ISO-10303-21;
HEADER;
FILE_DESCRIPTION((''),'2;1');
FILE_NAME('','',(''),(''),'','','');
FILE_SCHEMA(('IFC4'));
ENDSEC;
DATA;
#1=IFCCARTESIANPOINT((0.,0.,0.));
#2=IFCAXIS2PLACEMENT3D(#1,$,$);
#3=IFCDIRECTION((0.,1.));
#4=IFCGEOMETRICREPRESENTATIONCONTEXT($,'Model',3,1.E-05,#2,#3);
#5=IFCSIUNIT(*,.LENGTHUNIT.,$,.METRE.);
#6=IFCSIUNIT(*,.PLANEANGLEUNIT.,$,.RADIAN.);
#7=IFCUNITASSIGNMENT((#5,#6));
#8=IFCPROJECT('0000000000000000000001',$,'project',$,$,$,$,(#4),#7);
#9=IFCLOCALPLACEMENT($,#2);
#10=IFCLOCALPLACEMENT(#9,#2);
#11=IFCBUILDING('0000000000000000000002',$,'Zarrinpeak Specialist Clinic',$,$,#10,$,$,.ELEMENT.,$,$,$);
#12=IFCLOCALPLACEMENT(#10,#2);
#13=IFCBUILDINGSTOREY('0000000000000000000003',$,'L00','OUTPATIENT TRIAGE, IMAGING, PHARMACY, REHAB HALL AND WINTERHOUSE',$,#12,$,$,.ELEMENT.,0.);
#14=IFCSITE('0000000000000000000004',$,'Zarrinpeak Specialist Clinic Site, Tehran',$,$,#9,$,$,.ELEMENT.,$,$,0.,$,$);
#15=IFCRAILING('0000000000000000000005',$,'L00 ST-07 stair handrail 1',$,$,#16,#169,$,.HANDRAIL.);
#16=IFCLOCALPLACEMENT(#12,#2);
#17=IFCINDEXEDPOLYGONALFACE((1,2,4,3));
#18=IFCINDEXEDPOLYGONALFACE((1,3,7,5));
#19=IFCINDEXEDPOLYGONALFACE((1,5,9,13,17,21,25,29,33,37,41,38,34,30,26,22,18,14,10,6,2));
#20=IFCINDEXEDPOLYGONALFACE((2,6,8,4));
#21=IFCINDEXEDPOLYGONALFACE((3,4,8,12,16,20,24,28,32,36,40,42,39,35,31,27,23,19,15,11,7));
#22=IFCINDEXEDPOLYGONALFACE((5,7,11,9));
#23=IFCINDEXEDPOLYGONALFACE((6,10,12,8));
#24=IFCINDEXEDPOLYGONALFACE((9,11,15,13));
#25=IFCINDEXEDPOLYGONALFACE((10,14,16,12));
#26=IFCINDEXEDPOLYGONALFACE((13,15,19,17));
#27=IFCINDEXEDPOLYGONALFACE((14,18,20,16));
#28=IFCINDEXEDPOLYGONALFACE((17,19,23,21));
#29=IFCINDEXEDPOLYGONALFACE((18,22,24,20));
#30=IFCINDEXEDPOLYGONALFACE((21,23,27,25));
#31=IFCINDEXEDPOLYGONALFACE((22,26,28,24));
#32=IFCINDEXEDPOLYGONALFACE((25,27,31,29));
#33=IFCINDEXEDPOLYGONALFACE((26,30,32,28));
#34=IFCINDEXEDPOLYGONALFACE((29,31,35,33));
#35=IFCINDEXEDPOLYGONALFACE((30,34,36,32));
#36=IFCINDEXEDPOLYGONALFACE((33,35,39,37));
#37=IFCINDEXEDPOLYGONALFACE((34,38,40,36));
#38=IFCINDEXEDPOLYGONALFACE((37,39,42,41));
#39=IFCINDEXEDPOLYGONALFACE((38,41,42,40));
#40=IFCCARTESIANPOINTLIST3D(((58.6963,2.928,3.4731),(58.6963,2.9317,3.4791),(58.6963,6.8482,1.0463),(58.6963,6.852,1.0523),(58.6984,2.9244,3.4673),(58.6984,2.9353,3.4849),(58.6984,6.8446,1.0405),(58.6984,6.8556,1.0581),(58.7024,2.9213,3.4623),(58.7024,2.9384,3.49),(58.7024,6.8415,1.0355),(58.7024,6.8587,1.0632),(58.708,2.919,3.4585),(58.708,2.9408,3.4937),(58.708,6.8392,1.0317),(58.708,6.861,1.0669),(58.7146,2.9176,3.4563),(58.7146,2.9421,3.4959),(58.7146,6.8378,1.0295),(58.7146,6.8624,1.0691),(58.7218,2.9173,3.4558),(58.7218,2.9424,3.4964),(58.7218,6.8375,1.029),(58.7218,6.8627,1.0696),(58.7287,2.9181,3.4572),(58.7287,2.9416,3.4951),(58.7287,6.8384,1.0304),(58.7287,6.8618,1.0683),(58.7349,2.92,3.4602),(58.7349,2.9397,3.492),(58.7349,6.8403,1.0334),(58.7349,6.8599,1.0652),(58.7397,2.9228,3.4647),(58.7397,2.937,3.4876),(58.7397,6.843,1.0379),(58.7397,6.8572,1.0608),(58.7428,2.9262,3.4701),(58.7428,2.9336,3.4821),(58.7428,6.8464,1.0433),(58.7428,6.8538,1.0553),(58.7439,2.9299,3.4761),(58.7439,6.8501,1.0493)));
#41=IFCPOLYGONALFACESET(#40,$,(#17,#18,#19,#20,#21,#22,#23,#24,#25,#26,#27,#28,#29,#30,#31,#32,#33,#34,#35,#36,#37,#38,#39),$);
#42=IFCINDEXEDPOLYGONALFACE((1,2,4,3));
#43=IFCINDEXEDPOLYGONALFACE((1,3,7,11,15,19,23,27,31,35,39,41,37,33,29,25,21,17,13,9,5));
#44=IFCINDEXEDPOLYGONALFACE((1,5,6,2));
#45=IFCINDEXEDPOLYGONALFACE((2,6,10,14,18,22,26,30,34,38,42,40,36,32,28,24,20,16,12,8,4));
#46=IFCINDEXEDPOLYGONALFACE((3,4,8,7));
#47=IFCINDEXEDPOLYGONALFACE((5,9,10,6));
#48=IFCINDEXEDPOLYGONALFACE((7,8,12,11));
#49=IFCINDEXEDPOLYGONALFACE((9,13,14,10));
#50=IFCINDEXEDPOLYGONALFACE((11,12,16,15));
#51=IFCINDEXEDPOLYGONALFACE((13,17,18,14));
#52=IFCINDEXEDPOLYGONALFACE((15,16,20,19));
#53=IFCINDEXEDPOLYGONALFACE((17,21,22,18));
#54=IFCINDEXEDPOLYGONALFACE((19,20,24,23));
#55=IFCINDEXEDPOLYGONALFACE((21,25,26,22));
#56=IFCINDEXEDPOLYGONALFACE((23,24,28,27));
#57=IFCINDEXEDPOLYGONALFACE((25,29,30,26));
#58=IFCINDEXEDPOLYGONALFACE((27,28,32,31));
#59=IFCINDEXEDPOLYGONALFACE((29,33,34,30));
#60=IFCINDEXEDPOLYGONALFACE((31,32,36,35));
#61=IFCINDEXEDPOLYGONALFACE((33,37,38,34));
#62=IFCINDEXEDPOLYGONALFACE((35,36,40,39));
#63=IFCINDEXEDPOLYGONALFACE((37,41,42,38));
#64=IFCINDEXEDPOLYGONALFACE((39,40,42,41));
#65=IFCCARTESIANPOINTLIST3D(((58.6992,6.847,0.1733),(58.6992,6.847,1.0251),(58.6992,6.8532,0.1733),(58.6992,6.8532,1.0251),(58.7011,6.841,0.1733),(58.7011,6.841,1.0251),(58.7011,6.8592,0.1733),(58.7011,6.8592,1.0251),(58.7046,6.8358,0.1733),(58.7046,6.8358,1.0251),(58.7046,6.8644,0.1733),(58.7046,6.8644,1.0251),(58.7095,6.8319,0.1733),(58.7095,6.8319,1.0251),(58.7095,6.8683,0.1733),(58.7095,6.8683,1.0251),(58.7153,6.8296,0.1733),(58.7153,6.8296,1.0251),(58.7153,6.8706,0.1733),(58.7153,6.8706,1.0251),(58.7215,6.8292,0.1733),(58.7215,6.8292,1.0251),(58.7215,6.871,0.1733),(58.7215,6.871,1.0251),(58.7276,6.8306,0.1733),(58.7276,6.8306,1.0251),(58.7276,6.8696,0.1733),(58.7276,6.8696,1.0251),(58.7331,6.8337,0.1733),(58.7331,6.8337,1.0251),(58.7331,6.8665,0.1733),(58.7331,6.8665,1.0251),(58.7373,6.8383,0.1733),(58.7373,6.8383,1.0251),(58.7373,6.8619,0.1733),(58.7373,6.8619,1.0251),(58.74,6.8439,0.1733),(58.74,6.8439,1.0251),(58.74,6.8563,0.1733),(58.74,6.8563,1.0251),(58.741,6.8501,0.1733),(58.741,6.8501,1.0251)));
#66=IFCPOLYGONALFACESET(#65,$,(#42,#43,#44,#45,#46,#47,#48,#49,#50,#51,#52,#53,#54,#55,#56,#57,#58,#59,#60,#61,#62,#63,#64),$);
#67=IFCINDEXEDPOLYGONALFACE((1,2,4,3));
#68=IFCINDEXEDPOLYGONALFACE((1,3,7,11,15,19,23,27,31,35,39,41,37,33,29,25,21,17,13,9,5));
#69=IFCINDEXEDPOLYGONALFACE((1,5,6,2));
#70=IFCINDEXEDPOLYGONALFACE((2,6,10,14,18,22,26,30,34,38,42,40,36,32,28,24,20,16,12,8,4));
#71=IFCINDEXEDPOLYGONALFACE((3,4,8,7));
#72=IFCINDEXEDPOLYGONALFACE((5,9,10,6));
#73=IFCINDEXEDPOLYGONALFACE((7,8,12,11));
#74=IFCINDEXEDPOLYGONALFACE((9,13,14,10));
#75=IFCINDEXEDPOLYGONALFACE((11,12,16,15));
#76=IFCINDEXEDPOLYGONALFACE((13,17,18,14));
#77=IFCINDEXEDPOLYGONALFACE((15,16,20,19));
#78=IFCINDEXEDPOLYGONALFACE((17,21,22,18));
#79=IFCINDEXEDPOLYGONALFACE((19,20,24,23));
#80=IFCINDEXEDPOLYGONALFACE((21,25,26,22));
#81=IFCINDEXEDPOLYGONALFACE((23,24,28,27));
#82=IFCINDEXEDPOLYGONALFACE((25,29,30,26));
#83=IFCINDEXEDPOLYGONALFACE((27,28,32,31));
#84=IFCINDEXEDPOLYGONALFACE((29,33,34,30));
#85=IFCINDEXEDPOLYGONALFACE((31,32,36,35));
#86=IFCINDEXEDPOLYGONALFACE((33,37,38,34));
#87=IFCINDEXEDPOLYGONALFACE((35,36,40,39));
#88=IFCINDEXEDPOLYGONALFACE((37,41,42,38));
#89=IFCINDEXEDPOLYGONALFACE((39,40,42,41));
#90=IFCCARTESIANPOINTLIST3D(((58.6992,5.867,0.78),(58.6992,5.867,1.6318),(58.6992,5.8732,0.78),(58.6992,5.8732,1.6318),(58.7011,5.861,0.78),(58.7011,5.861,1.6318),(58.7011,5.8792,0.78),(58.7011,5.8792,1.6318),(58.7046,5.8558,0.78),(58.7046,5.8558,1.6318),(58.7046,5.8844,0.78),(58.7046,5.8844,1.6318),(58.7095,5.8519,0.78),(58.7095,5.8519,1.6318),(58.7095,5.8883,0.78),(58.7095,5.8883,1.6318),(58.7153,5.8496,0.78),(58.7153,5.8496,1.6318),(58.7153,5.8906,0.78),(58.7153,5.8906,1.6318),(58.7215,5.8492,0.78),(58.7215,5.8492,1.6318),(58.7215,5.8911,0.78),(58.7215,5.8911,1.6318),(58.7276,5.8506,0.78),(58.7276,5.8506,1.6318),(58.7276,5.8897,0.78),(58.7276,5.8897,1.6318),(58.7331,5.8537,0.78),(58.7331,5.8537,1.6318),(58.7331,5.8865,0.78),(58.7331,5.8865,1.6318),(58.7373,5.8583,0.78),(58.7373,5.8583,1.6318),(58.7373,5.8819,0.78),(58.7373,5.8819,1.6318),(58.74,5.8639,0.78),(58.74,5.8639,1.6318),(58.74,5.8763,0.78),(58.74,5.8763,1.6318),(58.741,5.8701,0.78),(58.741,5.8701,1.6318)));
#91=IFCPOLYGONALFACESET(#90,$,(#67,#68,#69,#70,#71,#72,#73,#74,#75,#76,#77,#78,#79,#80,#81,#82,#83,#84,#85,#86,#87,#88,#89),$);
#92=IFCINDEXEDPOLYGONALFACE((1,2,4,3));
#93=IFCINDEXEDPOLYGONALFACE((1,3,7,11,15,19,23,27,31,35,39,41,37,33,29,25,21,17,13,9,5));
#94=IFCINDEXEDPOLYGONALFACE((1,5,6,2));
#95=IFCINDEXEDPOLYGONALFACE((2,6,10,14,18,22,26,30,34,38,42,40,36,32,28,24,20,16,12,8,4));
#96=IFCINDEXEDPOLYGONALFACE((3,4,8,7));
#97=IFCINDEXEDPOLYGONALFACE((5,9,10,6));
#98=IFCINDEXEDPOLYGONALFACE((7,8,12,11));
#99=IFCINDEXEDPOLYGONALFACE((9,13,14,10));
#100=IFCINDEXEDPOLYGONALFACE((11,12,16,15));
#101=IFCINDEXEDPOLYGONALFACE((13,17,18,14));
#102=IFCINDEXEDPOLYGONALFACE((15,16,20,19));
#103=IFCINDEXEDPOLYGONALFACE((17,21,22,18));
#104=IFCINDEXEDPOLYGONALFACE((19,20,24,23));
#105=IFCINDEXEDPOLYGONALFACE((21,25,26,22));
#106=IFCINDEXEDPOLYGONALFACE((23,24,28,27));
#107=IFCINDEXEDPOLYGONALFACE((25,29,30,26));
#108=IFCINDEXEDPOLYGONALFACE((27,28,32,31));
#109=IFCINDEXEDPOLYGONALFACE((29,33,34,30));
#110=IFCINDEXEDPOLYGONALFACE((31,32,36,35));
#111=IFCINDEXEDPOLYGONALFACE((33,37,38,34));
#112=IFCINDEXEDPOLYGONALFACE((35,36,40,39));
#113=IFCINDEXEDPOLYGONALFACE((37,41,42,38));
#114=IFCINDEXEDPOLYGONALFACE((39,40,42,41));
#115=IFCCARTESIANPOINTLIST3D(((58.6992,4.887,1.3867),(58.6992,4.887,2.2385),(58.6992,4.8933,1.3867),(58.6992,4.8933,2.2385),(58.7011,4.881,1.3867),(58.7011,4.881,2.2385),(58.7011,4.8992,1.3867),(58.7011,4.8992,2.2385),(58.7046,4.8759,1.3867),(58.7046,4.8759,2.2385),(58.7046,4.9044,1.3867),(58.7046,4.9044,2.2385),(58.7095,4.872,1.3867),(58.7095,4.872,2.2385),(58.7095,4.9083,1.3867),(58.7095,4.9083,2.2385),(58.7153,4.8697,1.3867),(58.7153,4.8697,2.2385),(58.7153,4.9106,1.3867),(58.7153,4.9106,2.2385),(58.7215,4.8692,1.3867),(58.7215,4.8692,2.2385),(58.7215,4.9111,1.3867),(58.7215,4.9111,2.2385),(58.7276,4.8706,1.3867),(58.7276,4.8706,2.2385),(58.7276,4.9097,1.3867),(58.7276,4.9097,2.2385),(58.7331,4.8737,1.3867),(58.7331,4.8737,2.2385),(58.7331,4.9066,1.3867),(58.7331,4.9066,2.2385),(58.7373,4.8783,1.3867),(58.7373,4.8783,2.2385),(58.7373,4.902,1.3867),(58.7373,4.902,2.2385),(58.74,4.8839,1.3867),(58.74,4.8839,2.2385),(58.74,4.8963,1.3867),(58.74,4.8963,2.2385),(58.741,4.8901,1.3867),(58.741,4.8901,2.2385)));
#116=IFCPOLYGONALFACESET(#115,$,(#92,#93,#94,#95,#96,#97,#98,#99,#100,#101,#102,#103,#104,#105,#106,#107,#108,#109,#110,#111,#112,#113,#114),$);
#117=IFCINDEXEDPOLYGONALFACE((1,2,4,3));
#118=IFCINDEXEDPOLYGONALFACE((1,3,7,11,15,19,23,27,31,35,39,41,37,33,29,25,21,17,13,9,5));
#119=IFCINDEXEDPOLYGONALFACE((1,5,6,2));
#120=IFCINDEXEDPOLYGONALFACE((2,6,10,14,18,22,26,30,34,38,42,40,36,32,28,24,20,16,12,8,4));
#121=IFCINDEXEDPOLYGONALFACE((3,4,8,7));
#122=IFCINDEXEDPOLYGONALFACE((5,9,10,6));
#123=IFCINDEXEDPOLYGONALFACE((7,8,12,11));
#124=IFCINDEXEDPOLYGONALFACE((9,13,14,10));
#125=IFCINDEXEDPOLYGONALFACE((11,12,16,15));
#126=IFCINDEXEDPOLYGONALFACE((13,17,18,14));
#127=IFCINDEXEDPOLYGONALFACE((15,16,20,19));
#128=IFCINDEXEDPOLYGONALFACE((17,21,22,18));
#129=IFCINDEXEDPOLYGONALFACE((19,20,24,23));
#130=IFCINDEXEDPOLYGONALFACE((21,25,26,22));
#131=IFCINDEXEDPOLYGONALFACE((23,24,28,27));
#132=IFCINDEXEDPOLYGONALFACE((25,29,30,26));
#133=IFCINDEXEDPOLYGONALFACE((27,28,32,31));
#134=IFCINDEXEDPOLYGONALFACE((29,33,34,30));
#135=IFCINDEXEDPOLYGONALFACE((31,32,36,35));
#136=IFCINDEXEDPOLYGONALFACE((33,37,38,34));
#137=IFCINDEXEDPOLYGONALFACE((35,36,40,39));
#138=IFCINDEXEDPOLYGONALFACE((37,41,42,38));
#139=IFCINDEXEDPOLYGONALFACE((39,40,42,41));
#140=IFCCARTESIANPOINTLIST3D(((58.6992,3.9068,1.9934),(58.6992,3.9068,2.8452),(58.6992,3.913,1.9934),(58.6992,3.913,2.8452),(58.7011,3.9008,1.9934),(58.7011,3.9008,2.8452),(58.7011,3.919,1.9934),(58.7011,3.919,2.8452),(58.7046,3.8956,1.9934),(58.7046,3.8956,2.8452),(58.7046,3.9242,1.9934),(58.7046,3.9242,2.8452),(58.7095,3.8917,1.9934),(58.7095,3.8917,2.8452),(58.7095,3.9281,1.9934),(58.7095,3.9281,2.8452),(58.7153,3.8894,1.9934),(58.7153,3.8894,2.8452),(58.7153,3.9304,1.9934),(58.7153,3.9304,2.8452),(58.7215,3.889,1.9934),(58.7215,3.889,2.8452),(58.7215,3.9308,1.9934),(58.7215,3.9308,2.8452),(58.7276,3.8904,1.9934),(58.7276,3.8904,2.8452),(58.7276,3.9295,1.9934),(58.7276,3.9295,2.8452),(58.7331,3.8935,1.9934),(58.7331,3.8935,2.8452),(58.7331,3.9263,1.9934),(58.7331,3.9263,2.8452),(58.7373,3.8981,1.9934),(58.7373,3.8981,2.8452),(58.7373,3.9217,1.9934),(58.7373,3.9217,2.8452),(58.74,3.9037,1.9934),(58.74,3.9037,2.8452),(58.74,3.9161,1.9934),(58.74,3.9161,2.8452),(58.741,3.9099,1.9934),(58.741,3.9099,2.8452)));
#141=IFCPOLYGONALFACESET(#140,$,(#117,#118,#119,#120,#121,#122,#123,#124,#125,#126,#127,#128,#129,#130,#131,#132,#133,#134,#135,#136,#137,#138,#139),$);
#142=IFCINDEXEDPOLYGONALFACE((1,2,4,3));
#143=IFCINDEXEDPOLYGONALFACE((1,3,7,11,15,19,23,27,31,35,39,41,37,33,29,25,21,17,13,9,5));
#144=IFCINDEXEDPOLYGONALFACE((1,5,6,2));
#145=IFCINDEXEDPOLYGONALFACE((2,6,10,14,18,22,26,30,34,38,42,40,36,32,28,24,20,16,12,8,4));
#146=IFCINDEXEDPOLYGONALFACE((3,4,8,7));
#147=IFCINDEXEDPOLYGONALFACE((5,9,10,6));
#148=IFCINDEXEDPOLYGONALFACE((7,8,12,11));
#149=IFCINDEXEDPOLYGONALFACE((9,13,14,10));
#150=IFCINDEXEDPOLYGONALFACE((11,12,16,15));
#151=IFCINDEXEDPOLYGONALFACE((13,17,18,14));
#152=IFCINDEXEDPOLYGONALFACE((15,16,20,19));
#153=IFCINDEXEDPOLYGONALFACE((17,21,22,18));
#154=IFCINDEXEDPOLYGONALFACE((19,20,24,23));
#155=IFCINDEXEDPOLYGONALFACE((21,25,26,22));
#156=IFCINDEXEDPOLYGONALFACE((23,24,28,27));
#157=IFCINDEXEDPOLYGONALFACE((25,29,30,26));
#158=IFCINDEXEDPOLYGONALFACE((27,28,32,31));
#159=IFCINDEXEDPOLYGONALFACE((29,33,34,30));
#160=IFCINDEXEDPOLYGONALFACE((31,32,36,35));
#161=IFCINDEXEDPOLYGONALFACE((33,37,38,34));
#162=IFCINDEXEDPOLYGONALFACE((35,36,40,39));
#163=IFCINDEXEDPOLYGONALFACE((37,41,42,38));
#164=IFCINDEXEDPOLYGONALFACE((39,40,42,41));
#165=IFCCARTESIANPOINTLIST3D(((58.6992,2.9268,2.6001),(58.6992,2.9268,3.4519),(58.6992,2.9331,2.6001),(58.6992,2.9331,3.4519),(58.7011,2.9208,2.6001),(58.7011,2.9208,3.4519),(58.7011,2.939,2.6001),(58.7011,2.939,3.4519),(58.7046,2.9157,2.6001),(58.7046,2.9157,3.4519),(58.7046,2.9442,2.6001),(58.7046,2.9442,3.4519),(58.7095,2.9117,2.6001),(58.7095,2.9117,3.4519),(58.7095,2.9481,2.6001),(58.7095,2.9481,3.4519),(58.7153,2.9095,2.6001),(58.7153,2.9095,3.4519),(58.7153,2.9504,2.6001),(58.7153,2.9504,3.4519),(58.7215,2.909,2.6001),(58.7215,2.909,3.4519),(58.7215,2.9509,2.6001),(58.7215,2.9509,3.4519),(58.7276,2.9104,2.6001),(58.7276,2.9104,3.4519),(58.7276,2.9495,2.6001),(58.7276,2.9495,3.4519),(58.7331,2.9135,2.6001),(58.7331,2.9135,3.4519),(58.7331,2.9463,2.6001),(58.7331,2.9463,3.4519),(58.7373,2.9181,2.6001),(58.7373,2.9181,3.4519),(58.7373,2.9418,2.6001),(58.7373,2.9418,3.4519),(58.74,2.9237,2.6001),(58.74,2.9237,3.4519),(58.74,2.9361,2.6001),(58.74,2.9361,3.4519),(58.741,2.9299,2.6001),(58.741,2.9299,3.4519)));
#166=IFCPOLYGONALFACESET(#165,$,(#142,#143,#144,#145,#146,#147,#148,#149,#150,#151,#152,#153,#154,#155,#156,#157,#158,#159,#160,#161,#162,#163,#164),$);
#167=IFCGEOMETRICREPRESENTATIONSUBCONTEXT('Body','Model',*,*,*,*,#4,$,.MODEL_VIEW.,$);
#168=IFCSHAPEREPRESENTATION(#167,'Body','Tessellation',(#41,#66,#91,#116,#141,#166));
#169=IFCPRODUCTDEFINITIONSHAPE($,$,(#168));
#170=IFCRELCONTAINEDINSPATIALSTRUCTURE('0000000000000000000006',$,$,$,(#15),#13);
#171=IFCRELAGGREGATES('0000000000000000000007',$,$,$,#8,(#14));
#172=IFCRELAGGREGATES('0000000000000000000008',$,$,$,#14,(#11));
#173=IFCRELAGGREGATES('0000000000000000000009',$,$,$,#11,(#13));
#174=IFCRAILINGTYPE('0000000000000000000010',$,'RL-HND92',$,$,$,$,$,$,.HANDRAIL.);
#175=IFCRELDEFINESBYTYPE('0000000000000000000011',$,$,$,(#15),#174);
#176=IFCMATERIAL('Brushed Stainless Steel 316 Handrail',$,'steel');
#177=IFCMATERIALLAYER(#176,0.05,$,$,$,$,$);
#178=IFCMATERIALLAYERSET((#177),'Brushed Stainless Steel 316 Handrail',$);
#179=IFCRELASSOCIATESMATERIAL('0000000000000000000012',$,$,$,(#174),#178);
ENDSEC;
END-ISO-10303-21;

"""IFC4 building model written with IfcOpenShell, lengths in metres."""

from ifc_helpers import new_model, si_unit, direction, frame, origin, origin_2d, place, context, subcontext, project, spatial, circle, extrude, material, layer, layer_set, type_object, element, save


model = new_model("IFC4")

# Units and contexts
model_context = context("Model", 3, precision=1e-05, world=origin(), true_north=direction((0.0, 1.0)))
body_context = subcontext(model_context, "Body", "Model", "MODEL_VIEW")
ifc_project = project(units=[si_unit("LENGTHUNIT", "METRE"), si_unit("PLANEANGLEUNIT", "RADIAN")], contexts=[model_context])

# Site, building, storey
site_placement = place(None, origin())
site = spatial("IfcSite", under=ifc_project, at=site_placement, Name="Zarrinpeak Specialist Clinic Site, Tehran", CompositionType="ELEMENT", RefElevation=0.0)
building_placement = place(site_placement, origin())
building = spatial("IfcBuilding", under=site, at=building_placement, Name="Zarrinpeak Specialist Clinic", CompositionType="ELEMENT")
storey_placement = place(building_placement, origin())
storey = spatial("IfcBuildingStorey", under=building, at=storey_placement, Name="L00", Description="OUTPATIENT TRIAGE, IMAGING, PHARMACY, REHAB HALL AND WINTERHOUSE", CompositionType="ELEMENT", Elevation=0.0)

# Railing
ifc_material_1 = material(Name="Brushed Stainless Steel 316 Handrail", Category="steel")
ifc_layer_1 = layer(ifc_material_1, 0.05)
ifc_layer_set_1 = layer_set([ifc_layer_1], Name="Brushed Stainless Steel 316 Handrail")
railing_type_1 = type_object("IfcRailingType", Name="RL-HND92", PredefinedType="HANDRAIL", material=ifc_layer_set_1)
for number, where, name in (
    (1, (58.72, 6.8501, 0.1733), "L00 ST-07 stair handrail 1"),
):
    element("IfcRailing", number, at=place(storey_placement, frame(where)), inside=storey, type_object=railing_type_1, Name=name, PredefinedType="HANDRAIL", context=body_context, shape_type="SweptSolid", body=[
        extrude(circle(Radius=0.0239, at=origin_2d()), frame((0.0, 0.0, 0.876), z_axis=(0.0, -0.850266, 0.526353), x_axis=(1.0, 0.0, 0.0)), (0.0, 0.0, 1.0), 4.6106),
        extrude(circle(Radius=0.021, at=origin_2d()), origin(), (0.0, 0.0, 1.0), 0.8518),
        extrude(circle(Radius=0.021, at=origin_2d()), frame((0.0, -0.98, 0.6067)), (0.0, 0.0, 1.0), 0.8518),
        extrude(circle(Radius=0.021, at=origin_2d()), frame((0.0, -1.96, 1.2134)), (0.0, 0.0, 1.0), 0.8518),
        extrude(circle(Radius=0.021, at=origin_2d()), frame((0.0, -2.9402, 1.8201)), (0.0, 0.0, 1.0), 0.8518),
        extrude(circle(Radius=0.021, at=origin_2d()), frame((0.0, -3.9202, 2.4268)), (0.0, 0.0, 1.0), 0.8518),
    ])

save(model, "model.ifc")
